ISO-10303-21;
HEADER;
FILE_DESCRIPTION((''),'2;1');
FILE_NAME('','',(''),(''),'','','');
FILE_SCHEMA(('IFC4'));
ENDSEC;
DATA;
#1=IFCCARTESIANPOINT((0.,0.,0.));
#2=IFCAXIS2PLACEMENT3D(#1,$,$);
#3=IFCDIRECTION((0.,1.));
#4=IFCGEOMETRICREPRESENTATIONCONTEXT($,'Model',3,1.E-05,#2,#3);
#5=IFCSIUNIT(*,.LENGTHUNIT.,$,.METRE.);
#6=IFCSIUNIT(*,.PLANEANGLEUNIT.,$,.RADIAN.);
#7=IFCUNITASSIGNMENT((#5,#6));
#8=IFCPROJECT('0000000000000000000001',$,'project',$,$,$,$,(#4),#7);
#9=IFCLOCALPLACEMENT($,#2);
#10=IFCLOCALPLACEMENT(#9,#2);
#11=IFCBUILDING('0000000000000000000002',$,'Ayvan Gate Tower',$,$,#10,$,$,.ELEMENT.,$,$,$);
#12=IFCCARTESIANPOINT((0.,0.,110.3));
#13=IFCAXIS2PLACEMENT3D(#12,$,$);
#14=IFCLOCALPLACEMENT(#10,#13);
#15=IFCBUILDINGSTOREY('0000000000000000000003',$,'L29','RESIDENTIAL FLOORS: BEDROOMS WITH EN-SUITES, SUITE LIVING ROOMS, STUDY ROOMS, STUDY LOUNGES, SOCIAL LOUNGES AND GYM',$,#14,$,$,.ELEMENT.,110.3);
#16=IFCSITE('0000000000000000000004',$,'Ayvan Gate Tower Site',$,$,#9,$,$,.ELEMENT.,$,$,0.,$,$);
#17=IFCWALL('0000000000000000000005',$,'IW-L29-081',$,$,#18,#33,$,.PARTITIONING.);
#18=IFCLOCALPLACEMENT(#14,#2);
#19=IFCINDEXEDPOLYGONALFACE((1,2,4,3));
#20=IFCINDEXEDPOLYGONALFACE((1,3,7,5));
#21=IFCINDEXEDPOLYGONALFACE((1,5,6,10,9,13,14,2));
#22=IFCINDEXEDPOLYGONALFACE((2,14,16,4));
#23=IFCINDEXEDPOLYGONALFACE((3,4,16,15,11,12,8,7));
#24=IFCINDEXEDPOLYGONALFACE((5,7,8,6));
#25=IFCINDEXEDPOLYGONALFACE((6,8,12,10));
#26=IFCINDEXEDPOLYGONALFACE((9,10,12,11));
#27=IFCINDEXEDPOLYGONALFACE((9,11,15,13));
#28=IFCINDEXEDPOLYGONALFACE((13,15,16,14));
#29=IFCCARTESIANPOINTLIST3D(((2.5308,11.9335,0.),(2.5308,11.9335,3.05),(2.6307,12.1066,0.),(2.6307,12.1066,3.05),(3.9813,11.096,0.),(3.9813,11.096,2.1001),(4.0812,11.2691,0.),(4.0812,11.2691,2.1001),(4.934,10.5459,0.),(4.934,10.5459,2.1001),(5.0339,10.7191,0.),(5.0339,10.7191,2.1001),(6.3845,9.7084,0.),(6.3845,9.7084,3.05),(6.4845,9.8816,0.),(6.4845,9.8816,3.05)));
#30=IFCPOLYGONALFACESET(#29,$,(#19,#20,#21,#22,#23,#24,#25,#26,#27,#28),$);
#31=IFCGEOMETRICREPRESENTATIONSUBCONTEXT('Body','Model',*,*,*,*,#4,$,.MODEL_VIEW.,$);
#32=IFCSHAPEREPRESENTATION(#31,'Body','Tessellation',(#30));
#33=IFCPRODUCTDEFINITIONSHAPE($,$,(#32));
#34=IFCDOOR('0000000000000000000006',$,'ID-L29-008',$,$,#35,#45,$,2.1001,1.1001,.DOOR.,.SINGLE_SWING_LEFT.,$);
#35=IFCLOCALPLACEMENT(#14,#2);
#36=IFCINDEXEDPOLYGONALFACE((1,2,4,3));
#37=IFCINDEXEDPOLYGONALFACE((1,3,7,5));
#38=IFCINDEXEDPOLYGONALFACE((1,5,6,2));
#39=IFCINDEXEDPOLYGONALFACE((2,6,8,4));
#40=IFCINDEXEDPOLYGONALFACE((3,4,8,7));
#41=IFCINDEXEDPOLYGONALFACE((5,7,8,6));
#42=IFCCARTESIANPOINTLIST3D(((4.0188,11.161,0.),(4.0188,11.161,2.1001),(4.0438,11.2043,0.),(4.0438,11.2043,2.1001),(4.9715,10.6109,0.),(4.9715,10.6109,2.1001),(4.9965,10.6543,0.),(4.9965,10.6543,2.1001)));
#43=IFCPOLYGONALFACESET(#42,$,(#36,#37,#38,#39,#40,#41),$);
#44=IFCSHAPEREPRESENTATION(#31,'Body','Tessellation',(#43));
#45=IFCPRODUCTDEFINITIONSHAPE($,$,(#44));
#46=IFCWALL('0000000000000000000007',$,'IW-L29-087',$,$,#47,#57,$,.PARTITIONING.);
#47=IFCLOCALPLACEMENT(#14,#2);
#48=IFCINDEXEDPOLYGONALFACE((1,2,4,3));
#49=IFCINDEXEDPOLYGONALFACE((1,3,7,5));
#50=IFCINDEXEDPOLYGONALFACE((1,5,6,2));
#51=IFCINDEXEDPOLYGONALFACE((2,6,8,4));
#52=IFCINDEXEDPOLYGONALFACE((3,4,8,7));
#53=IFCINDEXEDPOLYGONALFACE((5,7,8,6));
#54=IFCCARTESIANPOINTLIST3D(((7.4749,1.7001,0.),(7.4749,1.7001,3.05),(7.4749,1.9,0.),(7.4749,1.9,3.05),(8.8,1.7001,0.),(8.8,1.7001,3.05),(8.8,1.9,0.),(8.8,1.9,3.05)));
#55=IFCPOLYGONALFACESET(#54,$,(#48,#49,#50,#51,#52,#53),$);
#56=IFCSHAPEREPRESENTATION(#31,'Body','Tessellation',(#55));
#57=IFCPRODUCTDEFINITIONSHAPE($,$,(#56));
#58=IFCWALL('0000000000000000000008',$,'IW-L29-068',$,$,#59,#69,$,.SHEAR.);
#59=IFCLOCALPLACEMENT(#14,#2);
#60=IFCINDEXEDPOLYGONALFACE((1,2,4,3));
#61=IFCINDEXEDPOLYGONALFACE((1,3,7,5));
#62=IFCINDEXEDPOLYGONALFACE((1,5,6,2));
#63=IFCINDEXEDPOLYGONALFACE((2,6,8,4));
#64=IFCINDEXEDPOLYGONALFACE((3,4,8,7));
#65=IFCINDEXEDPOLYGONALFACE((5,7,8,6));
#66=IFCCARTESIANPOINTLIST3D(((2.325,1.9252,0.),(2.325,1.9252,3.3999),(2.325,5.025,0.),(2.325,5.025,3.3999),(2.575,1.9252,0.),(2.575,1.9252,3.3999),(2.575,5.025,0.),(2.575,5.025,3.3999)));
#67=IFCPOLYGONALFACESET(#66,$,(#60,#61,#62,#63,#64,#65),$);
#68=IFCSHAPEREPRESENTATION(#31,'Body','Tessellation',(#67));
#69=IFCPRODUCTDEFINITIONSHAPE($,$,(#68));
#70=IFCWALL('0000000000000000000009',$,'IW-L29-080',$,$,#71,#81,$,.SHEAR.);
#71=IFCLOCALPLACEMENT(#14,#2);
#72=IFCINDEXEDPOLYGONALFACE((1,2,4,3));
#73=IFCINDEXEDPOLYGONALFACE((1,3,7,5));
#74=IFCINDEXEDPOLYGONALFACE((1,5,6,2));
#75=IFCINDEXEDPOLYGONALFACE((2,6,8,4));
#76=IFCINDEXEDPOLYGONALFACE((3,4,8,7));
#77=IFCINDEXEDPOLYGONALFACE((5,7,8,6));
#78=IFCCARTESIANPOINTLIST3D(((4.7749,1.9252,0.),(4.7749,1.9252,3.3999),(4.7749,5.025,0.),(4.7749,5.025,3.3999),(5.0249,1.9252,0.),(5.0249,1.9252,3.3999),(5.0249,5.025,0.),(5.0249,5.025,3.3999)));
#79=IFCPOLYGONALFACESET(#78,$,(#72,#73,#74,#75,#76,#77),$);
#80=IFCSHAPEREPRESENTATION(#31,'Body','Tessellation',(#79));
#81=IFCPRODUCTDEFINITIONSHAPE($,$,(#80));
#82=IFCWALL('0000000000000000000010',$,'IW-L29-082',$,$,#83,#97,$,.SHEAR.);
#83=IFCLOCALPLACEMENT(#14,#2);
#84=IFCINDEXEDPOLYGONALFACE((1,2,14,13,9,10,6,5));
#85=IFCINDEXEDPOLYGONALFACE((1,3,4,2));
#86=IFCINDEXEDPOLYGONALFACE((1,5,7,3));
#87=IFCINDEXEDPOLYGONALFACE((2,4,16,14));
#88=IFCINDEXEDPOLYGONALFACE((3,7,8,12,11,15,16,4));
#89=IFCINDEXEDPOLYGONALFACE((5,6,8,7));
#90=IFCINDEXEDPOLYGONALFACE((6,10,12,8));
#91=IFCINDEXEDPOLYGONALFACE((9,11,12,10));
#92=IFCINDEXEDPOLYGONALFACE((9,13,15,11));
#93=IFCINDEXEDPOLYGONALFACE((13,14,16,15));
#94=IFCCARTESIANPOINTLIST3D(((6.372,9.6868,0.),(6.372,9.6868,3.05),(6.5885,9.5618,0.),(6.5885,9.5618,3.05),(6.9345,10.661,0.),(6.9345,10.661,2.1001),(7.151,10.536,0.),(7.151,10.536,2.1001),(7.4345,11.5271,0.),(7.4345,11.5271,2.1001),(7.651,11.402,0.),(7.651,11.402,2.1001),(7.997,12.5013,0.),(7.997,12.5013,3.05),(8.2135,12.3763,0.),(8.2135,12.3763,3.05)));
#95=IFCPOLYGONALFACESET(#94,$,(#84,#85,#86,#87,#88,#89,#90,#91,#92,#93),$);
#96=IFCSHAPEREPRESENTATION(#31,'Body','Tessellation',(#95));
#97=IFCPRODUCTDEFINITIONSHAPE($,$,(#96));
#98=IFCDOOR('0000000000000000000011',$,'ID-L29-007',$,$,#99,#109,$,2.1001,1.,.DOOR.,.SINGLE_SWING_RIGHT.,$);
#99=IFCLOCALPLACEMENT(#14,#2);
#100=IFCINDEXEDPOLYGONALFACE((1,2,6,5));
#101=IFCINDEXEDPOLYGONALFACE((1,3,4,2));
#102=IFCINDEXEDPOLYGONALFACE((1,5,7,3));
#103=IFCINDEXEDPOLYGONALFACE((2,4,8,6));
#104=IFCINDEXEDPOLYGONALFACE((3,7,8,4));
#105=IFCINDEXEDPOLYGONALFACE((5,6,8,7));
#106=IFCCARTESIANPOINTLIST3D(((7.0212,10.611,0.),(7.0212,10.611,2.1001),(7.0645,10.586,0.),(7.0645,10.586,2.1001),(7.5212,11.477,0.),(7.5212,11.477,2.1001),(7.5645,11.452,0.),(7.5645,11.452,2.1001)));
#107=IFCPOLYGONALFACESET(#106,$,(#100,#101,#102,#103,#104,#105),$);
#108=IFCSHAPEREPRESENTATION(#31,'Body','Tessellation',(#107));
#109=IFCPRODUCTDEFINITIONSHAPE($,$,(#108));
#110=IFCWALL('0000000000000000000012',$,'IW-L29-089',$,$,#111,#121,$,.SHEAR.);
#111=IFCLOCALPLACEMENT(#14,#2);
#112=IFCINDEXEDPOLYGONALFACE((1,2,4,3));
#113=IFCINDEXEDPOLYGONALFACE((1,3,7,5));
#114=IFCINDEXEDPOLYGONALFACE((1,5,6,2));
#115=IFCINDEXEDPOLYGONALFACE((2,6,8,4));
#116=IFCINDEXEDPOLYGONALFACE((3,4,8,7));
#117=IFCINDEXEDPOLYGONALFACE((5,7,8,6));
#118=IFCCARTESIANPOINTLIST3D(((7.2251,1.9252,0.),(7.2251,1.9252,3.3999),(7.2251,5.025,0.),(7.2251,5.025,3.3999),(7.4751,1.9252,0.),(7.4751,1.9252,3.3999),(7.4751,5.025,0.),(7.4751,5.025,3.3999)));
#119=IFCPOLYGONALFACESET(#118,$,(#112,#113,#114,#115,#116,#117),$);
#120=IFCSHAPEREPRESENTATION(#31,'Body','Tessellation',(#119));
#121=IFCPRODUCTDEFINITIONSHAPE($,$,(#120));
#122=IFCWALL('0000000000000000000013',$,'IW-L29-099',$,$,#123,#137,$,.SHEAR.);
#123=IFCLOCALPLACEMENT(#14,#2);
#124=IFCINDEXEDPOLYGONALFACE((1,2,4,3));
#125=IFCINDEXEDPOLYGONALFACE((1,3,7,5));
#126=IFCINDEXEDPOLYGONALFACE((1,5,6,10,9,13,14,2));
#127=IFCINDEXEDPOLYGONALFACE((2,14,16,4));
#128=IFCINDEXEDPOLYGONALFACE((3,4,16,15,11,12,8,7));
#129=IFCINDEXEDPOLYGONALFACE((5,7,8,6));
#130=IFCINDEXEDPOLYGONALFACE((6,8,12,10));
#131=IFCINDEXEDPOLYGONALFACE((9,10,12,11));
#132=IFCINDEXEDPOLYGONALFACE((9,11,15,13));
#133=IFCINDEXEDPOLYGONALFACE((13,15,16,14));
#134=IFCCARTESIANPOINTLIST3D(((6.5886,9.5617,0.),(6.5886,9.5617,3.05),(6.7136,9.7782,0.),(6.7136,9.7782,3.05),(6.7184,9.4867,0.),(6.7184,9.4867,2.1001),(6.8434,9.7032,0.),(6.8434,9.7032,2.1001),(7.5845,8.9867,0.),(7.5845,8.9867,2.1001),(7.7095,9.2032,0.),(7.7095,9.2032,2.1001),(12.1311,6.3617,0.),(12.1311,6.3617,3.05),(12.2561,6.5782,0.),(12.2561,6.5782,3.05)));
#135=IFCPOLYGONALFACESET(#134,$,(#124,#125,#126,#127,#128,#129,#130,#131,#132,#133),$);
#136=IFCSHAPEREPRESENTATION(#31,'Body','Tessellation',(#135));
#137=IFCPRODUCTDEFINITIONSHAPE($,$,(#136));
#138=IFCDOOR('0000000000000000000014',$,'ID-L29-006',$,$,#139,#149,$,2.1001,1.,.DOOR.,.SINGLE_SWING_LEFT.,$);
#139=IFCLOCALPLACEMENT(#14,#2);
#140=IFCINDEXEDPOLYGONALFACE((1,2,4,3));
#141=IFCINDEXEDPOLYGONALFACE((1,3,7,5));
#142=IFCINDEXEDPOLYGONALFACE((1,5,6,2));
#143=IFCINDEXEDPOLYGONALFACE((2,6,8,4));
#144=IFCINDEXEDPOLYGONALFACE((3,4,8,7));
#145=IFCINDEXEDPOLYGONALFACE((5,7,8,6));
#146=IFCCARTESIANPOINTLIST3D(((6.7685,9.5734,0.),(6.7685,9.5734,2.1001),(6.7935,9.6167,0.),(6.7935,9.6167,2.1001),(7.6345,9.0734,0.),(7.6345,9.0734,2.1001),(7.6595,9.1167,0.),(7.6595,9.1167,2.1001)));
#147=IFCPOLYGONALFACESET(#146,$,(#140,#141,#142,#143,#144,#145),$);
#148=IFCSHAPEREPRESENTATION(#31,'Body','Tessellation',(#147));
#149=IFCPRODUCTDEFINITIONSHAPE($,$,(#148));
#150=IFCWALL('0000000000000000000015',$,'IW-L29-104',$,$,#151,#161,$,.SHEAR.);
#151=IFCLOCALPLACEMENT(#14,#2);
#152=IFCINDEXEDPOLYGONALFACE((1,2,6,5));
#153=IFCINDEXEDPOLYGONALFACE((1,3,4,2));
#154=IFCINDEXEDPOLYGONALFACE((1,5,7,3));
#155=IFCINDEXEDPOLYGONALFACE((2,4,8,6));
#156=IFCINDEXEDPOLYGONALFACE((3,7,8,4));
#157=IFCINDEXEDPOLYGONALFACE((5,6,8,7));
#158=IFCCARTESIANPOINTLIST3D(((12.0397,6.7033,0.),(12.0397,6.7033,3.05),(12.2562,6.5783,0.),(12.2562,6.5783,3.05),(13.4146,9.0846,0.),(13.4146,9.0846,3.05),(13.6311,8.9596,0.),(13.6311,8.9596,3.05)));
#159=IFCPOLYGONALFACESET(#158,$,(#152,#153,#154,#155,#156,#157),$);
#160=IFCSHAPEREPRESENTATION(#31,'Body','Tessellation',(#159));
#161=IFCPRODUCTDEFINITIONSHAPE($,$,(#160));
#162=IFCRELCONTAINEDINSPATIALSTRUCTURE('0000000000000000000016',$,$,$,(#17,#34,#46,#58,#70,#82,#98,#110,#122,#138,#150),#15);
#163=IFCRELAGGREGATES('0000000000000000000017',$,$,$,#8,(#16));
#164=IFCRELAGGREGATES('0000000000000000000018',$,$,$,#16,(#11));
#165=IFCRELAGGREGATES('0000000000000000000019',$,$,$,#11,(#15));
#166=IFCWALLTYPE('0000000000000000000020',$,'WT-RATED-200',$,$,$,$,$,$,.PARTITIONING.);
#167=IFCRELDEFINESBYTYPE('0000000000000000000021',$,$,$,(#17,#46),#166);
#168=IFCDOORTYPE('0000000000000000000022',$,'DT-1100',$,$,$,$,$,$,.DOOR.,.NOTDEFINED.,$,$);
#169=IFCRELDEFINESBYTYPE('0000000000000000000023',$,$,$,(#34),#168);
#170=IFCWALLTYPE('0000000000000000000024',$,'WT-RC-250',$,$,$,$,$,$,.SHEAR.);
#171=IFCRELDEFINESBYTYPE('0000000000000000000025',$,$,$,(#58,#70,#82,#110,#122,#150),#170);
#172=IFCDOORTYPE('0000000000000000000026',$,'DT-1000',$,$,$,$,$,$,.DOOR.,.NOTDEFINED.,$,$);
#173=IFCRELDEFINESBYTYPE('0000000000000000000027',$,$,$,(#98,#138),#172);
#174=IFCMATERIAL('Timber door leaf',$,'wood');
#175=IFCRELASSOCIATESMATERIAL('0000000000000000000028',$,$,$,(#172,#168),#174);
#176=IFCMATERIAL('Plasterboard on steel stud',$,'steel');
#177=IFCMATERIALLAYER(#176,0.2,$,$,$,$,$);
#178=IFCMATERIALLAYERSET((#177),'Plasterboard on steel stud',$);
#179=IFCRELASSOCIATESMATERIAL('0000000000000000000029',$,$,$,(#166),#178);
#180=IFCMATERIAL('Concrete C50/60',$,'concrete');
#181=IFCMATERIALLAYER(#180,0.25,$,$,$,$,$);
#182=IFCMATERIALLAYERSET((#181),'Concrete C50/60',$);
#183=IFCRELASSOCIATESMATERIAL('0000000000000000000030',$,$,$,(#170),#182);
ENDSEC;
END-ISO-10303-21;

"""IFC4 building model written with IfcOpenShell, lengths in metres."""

from ifc_helpers import new_model, si_unit, direction, frame, frame_2d, origin, place, context, subcontext, project, spatial, rectangle, extrude, material, layer, layer_set, type_object, element, fill, save


model = new_model("IFC4")

# Units and contexts
model_context = context("Model", 3, precision=1e-05, world=origin(), true_north=direction((0.0, 1.0)))
body_context = subcontext(model_context, "Body", "Model", "MODEL_VIEW")
ifc_project = project(units=[si_unit("LENGTHUNIT", "METRE"), si_unit("PLANEANGLEUNIT", "RADIAN")], contexts=[model_context])

# Site, building, storey
site_placement = place(None, origin())
site = spatial("IfcSite", under=ifc_project, at=site_placement, Name="Ayvan Gate Tower Site", CompositionType="ELEMENT", RefElevation=0.0)
building_placement = place(site_placement, origin())
building = spatial("IfcBuilding", under=site, at=building_placement, Name="Ayvan Gate Tower", CompositionType="ELEMENT")
storey_placement = place(building_placement, frame((0.0, 0.0, 110.3)))
storey = spatial("IfcBuildingStorey", under=building, at=storey_placement, Name="L29", Description="RESIDENTIAL FLOORS: BEDROOMS WITH EN-SUITES, SUITE LIVING ROOMS, STUDY ROOMS, STUDY LOUNGES, SOCIAL LOUNGES AND GYM", CompositionType="ELEMENT", Elevation=110.3)

# Shared definitions
ifc_material_1 = material(Name="Timber door leaf", Category="wood")

# Shared definitions
ifc_material_2 = material(Name="Plasterboard on steel stud", Category="steel")

# Shared definitions
door_type_1 = type_object("IfcDoorType", Name="DT-1000", OperationType="NOTDEFINED", PredefinedType="DOOR", material=ifc_material_1)

# Shared definitions
ifc_layer_1 = layer(ifc_material_2, 0.2)
ifc_layer_set_1 = layer_set([ifc_layer_1], Name="Plasterboard on steel stud")
wall_type_1 = type_object("IfcWallType", Name="WT-RATED-200", PredefinedType="PARTITIONING", material=ifc_layer_set_1)

# Wall, opening, door
wall_1_placement = place(storey_placement, frame((6.4346, 9.7949, 0.0), z_axis=(0.0, 0.0, 1.0), x_axis=(-0.866013, 0.500022, 0.0)))
wall_1 = element("IfcWall", 1, at=wall_1_placement, inside=storey, type_object=wall_type_1, Name="IW-L29-081", PredefinedType="PARTITIONING", context=body_context, shape_type="SweptSolid", body=[
    extrude(rectangle(XDim=4.45, YDim=0.2, at=frame_2d((2.2251, 0.0))), origin(), (0.0, 0.0, 1.0), 3.05),
])
opening_1_placement = place(wall_1_placement, frame((1.675, 0.0, 0.0)))
opening_1 = element("IfcOpeningElement", 2, at=opening_1_placement, cuts=wall_1, PredefinedType="OPENING", context=body_context, shape_type="SweptSolid", body=[
    extrude(rectangle(XDim=1.1001, YDim=2.1001, at=frame_2d((0.55, 1.05))), frame((0.0, 0.1099, 0.0), z_axis=(0.0, -1.0, 0.0), x_axis=(1.0, 0.0, 0.0)), (0.0, 0.0, 1.0), 0.22),
])
door_type_2 = type_object("IfcDoorType", Name="DT-1100", OperationType="NOTDEFINED", PredefinedType="DOOR", material=ifc_material_1)
door_1_placement = place(opening_1_placement, origin())
door_1 = element("IfcDoor", 3, at=door_1_placement, inside=storey, type_object=door_type_2, Name="ID-L29-008", OperationType="SINGLE_SWING_LEFT", OverallHeight=2.1001, OverallWidth=1.1001, PredefinedType="DOOR", context=body_context, shape_type="SweptSolid", body=[
    extrude(rectangle(XDim=1.1001, YDim=2.1001, at=frame_2d((0.55, 1.05))), frame((0.0, 0.0249, 0.0), z_axis=(0.0, -1.0, 0.0), x_axis=(1.0, 0.0, 0.0)), (0.0, 0.0, 1.0), 0.05),
])
fill(opening_1, door_1)

# Walls
wall_2_placement = place(storey_placement, frame((7.4749, 1.8, 0.0), z_axis=(0.0, 0.0, 1.0), x_axis=(1.0, 0.0, 0.0)))
element("IfcWall", 4, at=wall_2_placement, inside=storey, type_object=wall_type_1, Name="IW-L29-087", PredefinedType="PARTITIONING", context=body_context, shape_type="SweptSolid", body=[
    extrude(rectangle(XDim=1.3252, YDim=0.2, at=frame_2d((0.6626, 0.0))), origin(), (0.0, 0.0, 1.0), 3.05),
])
ifc_material_3 = material(Name="Concrete C50/60", Category="concrete")
ifc_layer_2 = layer(ifc_material_3, 0.25)
ifc_layer_set_2 = layer_set([ifc_layer_2], Name="Concrete C50/60")
wall_type_2 = type_object("IfcWallType", Name="WT-RC-250", PredefinedType="SHEAR", material=ifc_layer_set_2)
for number, where, z_axis, x_axis, name in (
    (5, (2.45, 5.0249, 0.0), (0.0, 0.0, 1.0), (0.0, -1.0, 0.0), "IW-L29-068"),
    (6, (4.8999, 5.0249, 0.0), (0.0, 0.0, 1.0), (0.0, -1.0, 0.0), "IW-L29-080"),
):
    element("IfcWall", number, at=place(storey_placement, frame(where, z_axis=z_axis, x_axis=x_axis)), inside=storey, type_object=wall_type_2, Name=name, PredefinedType="SHEAR", context=body_context, shape_type="SweptSolid", body=[
        extrude(rectangle(XDim=3.0999, YDim=0.25, at=frame_2d((1.5498, 0.0))), origin(), (0.0, 0.0, 1.0), 3.3999),
    ])

# Wall, opening, door
wall_3_placement = place(storey_placement, frame((6.4802, 9.6243, 0.0), z_axis=(0.0, 0.0, 1.0), x_axis=(0.500017, 0.866015, 0.0)))
wall_3 = element("IfcWall", 7, at=wall_3_placement, inside=storey, type_object=wall_type_2, Name="IW-L29-082", PredefinedType="SHEAR", context=body_context, shape_type="SweptSolid", body=[
    extrude(rectangle(XDim=3.25, YDim=0.25, at=frame_2d((1.625, 0.0))), origin(), (0.0, 0.0, 1.0), 3.05),
])
opening_2_placement = place(wall_3_placement, frame((1.125, 0.0, 0.0)))
opening_2 = element("IfcOpeningElement", 8, at=opening_2_placement, cuts=wall_3, PredefinedType="OPENING", context=body_context, shape_type="SweptSolid", body=[
    extrude(rectangle(XDim=1.0, YDim=2.1001, at=frame_2d((0.5, 1.05))), frame((0.0, 0.135, 0.0), z_axis=(0.0, -1.0, 0.0), x_axis=(1.0, 0.0, 0.0)), (0.0, 0.0, 1.0), 0.27),
])
door_2_placement = place(opening_2_placement, origin())
door_2 = element("IfcDoor", 9, at=door_2_placement, inside=storey, type_object=door_type_1, Name="ID-L29-007", OperationType="SINGLE_SWING_RIGHT", OverallHeight=2.1001, OverallWidth=1.0, PredefinedType="DOOR", context=body_context, shape_type="SweptSolid", body=[
    extrude(rectangle(XDim=1.0, YDim=2.1001, at=frame_2d((0.5, 1.05))), frame((0.0, 0.0249, 0.0), z_axis=(0.0, -1.0, 0.0), x_axis=(1.0, 0.0, 0.0)), (0.0, 0.0, 1.0), 0.05),
])
fill(opening_2, door_2)

# Wall
wall_4_placement = place(storey_placement, frame((7.3501, 5.0249, 0.0), z_axis=(0.0, 0.0, 1.0), x_axis=(0.0, -1.0, 0.0)))
element("IfcWall", 10, at=wall_4_placement, inside=storey, type_object=wall_type_2, Name="IW-L29-089", PredefinedType="SHEAR", context=body_context, shape_type="SweptSolid", body=[
    extrude(rectangle(XDim=3.0999, YDim=0.25, at=frame_2d((1.5498, 0.0))), origin(), (0.0, 0.0, 1.0), 3.3999),
])

# Wall, opening, door
wall_5_placement = place(storey_placement, frame((12.1936, 6.47, 0.0), z_axis=(0.0, 0.0, 1.0), x_axis=(-0.866025, 0.5, 0.0)))
wall_5 = element("IfcWall", 11, at=wall_5_placement, inside=storey, type_object=wall_type_2, Name="IW-L29-099", PredefinedType="SHEAR", context=body_context, shape_type="SweptSolid", body=[
    extrude(rectangle(XDim=6.3999, YDim=0.25, at=frame_2d((3.2, 0.0))), origin(), (0.0, 0.0, 1.0), 3.05),
])
opening_3_placement = place(wall_5_placement, frame((5.25, 0.0, 0.0)))
opening_3 = element("IfcOpeningElement", 12, at=opening_3_placement, cuts=wall_5, PredefinedType="OPENING", context=body_context, shape_type="SweptSolid", body=[
    extrude(rectangle(XDim=1.0, YDim=2.1001, at=frame_2d((0.5, 1.05))), frame((0.0, 0.135, 0.0), z_axis=(0.0, -1.0, 0.0), x_axis=(1.0, 0.0, 0.0)), (0.0, 0.0, 1.0), 0.27),
])
door_3_placement = place(opening_3_placement, origin())
door_3 = element("IfcDoor", 13, at=door_3_placement, inside=storey, type_object=door_type_1, Name="ID-L29-006", OperationType="SINGLE_SWING_LEFT", OverallHeight=2.1001, OverallWidth=1.0, PredefinedType="DOOR", context=body_context, shape_type="SweptSolid", body=[
    extrude(rectangle(XDim=1.0, YDim=2.1001, at=frame_2d((0.5, 1.05))), frame((0.0, 0.0249, 0.0), z_axis=(0.0, -1.0, 0.0), x_axis=(1.0, 0.0, 0.0)), (0.0, 0.0, 1.0), 0.05),
])
fill(opening_3, door_3)

# Wall
wall_6_placement = place(storey_placement, frame((13.5229, 9.0222, 0.0), z_axis=(0.0, 0.0, 1.0), x_axis=(-0.500035, -0.866005, 0.0)))
element("IfcWall", 14, at=wall_6_placement, inside=storey, type_object=wall_type_2, Name="IW-L29-104", PredefinedType="SHEAR", context=body_context, shape_type="SweptSolid", body=[
    extrude(rectangle(XDim=2.7498, YDim=0.25, at=frame_2d((1.375, 0.0))), origin(), (0.0, 0.0, 1.0), 3.05),
])

save(model, "model.ifc")
